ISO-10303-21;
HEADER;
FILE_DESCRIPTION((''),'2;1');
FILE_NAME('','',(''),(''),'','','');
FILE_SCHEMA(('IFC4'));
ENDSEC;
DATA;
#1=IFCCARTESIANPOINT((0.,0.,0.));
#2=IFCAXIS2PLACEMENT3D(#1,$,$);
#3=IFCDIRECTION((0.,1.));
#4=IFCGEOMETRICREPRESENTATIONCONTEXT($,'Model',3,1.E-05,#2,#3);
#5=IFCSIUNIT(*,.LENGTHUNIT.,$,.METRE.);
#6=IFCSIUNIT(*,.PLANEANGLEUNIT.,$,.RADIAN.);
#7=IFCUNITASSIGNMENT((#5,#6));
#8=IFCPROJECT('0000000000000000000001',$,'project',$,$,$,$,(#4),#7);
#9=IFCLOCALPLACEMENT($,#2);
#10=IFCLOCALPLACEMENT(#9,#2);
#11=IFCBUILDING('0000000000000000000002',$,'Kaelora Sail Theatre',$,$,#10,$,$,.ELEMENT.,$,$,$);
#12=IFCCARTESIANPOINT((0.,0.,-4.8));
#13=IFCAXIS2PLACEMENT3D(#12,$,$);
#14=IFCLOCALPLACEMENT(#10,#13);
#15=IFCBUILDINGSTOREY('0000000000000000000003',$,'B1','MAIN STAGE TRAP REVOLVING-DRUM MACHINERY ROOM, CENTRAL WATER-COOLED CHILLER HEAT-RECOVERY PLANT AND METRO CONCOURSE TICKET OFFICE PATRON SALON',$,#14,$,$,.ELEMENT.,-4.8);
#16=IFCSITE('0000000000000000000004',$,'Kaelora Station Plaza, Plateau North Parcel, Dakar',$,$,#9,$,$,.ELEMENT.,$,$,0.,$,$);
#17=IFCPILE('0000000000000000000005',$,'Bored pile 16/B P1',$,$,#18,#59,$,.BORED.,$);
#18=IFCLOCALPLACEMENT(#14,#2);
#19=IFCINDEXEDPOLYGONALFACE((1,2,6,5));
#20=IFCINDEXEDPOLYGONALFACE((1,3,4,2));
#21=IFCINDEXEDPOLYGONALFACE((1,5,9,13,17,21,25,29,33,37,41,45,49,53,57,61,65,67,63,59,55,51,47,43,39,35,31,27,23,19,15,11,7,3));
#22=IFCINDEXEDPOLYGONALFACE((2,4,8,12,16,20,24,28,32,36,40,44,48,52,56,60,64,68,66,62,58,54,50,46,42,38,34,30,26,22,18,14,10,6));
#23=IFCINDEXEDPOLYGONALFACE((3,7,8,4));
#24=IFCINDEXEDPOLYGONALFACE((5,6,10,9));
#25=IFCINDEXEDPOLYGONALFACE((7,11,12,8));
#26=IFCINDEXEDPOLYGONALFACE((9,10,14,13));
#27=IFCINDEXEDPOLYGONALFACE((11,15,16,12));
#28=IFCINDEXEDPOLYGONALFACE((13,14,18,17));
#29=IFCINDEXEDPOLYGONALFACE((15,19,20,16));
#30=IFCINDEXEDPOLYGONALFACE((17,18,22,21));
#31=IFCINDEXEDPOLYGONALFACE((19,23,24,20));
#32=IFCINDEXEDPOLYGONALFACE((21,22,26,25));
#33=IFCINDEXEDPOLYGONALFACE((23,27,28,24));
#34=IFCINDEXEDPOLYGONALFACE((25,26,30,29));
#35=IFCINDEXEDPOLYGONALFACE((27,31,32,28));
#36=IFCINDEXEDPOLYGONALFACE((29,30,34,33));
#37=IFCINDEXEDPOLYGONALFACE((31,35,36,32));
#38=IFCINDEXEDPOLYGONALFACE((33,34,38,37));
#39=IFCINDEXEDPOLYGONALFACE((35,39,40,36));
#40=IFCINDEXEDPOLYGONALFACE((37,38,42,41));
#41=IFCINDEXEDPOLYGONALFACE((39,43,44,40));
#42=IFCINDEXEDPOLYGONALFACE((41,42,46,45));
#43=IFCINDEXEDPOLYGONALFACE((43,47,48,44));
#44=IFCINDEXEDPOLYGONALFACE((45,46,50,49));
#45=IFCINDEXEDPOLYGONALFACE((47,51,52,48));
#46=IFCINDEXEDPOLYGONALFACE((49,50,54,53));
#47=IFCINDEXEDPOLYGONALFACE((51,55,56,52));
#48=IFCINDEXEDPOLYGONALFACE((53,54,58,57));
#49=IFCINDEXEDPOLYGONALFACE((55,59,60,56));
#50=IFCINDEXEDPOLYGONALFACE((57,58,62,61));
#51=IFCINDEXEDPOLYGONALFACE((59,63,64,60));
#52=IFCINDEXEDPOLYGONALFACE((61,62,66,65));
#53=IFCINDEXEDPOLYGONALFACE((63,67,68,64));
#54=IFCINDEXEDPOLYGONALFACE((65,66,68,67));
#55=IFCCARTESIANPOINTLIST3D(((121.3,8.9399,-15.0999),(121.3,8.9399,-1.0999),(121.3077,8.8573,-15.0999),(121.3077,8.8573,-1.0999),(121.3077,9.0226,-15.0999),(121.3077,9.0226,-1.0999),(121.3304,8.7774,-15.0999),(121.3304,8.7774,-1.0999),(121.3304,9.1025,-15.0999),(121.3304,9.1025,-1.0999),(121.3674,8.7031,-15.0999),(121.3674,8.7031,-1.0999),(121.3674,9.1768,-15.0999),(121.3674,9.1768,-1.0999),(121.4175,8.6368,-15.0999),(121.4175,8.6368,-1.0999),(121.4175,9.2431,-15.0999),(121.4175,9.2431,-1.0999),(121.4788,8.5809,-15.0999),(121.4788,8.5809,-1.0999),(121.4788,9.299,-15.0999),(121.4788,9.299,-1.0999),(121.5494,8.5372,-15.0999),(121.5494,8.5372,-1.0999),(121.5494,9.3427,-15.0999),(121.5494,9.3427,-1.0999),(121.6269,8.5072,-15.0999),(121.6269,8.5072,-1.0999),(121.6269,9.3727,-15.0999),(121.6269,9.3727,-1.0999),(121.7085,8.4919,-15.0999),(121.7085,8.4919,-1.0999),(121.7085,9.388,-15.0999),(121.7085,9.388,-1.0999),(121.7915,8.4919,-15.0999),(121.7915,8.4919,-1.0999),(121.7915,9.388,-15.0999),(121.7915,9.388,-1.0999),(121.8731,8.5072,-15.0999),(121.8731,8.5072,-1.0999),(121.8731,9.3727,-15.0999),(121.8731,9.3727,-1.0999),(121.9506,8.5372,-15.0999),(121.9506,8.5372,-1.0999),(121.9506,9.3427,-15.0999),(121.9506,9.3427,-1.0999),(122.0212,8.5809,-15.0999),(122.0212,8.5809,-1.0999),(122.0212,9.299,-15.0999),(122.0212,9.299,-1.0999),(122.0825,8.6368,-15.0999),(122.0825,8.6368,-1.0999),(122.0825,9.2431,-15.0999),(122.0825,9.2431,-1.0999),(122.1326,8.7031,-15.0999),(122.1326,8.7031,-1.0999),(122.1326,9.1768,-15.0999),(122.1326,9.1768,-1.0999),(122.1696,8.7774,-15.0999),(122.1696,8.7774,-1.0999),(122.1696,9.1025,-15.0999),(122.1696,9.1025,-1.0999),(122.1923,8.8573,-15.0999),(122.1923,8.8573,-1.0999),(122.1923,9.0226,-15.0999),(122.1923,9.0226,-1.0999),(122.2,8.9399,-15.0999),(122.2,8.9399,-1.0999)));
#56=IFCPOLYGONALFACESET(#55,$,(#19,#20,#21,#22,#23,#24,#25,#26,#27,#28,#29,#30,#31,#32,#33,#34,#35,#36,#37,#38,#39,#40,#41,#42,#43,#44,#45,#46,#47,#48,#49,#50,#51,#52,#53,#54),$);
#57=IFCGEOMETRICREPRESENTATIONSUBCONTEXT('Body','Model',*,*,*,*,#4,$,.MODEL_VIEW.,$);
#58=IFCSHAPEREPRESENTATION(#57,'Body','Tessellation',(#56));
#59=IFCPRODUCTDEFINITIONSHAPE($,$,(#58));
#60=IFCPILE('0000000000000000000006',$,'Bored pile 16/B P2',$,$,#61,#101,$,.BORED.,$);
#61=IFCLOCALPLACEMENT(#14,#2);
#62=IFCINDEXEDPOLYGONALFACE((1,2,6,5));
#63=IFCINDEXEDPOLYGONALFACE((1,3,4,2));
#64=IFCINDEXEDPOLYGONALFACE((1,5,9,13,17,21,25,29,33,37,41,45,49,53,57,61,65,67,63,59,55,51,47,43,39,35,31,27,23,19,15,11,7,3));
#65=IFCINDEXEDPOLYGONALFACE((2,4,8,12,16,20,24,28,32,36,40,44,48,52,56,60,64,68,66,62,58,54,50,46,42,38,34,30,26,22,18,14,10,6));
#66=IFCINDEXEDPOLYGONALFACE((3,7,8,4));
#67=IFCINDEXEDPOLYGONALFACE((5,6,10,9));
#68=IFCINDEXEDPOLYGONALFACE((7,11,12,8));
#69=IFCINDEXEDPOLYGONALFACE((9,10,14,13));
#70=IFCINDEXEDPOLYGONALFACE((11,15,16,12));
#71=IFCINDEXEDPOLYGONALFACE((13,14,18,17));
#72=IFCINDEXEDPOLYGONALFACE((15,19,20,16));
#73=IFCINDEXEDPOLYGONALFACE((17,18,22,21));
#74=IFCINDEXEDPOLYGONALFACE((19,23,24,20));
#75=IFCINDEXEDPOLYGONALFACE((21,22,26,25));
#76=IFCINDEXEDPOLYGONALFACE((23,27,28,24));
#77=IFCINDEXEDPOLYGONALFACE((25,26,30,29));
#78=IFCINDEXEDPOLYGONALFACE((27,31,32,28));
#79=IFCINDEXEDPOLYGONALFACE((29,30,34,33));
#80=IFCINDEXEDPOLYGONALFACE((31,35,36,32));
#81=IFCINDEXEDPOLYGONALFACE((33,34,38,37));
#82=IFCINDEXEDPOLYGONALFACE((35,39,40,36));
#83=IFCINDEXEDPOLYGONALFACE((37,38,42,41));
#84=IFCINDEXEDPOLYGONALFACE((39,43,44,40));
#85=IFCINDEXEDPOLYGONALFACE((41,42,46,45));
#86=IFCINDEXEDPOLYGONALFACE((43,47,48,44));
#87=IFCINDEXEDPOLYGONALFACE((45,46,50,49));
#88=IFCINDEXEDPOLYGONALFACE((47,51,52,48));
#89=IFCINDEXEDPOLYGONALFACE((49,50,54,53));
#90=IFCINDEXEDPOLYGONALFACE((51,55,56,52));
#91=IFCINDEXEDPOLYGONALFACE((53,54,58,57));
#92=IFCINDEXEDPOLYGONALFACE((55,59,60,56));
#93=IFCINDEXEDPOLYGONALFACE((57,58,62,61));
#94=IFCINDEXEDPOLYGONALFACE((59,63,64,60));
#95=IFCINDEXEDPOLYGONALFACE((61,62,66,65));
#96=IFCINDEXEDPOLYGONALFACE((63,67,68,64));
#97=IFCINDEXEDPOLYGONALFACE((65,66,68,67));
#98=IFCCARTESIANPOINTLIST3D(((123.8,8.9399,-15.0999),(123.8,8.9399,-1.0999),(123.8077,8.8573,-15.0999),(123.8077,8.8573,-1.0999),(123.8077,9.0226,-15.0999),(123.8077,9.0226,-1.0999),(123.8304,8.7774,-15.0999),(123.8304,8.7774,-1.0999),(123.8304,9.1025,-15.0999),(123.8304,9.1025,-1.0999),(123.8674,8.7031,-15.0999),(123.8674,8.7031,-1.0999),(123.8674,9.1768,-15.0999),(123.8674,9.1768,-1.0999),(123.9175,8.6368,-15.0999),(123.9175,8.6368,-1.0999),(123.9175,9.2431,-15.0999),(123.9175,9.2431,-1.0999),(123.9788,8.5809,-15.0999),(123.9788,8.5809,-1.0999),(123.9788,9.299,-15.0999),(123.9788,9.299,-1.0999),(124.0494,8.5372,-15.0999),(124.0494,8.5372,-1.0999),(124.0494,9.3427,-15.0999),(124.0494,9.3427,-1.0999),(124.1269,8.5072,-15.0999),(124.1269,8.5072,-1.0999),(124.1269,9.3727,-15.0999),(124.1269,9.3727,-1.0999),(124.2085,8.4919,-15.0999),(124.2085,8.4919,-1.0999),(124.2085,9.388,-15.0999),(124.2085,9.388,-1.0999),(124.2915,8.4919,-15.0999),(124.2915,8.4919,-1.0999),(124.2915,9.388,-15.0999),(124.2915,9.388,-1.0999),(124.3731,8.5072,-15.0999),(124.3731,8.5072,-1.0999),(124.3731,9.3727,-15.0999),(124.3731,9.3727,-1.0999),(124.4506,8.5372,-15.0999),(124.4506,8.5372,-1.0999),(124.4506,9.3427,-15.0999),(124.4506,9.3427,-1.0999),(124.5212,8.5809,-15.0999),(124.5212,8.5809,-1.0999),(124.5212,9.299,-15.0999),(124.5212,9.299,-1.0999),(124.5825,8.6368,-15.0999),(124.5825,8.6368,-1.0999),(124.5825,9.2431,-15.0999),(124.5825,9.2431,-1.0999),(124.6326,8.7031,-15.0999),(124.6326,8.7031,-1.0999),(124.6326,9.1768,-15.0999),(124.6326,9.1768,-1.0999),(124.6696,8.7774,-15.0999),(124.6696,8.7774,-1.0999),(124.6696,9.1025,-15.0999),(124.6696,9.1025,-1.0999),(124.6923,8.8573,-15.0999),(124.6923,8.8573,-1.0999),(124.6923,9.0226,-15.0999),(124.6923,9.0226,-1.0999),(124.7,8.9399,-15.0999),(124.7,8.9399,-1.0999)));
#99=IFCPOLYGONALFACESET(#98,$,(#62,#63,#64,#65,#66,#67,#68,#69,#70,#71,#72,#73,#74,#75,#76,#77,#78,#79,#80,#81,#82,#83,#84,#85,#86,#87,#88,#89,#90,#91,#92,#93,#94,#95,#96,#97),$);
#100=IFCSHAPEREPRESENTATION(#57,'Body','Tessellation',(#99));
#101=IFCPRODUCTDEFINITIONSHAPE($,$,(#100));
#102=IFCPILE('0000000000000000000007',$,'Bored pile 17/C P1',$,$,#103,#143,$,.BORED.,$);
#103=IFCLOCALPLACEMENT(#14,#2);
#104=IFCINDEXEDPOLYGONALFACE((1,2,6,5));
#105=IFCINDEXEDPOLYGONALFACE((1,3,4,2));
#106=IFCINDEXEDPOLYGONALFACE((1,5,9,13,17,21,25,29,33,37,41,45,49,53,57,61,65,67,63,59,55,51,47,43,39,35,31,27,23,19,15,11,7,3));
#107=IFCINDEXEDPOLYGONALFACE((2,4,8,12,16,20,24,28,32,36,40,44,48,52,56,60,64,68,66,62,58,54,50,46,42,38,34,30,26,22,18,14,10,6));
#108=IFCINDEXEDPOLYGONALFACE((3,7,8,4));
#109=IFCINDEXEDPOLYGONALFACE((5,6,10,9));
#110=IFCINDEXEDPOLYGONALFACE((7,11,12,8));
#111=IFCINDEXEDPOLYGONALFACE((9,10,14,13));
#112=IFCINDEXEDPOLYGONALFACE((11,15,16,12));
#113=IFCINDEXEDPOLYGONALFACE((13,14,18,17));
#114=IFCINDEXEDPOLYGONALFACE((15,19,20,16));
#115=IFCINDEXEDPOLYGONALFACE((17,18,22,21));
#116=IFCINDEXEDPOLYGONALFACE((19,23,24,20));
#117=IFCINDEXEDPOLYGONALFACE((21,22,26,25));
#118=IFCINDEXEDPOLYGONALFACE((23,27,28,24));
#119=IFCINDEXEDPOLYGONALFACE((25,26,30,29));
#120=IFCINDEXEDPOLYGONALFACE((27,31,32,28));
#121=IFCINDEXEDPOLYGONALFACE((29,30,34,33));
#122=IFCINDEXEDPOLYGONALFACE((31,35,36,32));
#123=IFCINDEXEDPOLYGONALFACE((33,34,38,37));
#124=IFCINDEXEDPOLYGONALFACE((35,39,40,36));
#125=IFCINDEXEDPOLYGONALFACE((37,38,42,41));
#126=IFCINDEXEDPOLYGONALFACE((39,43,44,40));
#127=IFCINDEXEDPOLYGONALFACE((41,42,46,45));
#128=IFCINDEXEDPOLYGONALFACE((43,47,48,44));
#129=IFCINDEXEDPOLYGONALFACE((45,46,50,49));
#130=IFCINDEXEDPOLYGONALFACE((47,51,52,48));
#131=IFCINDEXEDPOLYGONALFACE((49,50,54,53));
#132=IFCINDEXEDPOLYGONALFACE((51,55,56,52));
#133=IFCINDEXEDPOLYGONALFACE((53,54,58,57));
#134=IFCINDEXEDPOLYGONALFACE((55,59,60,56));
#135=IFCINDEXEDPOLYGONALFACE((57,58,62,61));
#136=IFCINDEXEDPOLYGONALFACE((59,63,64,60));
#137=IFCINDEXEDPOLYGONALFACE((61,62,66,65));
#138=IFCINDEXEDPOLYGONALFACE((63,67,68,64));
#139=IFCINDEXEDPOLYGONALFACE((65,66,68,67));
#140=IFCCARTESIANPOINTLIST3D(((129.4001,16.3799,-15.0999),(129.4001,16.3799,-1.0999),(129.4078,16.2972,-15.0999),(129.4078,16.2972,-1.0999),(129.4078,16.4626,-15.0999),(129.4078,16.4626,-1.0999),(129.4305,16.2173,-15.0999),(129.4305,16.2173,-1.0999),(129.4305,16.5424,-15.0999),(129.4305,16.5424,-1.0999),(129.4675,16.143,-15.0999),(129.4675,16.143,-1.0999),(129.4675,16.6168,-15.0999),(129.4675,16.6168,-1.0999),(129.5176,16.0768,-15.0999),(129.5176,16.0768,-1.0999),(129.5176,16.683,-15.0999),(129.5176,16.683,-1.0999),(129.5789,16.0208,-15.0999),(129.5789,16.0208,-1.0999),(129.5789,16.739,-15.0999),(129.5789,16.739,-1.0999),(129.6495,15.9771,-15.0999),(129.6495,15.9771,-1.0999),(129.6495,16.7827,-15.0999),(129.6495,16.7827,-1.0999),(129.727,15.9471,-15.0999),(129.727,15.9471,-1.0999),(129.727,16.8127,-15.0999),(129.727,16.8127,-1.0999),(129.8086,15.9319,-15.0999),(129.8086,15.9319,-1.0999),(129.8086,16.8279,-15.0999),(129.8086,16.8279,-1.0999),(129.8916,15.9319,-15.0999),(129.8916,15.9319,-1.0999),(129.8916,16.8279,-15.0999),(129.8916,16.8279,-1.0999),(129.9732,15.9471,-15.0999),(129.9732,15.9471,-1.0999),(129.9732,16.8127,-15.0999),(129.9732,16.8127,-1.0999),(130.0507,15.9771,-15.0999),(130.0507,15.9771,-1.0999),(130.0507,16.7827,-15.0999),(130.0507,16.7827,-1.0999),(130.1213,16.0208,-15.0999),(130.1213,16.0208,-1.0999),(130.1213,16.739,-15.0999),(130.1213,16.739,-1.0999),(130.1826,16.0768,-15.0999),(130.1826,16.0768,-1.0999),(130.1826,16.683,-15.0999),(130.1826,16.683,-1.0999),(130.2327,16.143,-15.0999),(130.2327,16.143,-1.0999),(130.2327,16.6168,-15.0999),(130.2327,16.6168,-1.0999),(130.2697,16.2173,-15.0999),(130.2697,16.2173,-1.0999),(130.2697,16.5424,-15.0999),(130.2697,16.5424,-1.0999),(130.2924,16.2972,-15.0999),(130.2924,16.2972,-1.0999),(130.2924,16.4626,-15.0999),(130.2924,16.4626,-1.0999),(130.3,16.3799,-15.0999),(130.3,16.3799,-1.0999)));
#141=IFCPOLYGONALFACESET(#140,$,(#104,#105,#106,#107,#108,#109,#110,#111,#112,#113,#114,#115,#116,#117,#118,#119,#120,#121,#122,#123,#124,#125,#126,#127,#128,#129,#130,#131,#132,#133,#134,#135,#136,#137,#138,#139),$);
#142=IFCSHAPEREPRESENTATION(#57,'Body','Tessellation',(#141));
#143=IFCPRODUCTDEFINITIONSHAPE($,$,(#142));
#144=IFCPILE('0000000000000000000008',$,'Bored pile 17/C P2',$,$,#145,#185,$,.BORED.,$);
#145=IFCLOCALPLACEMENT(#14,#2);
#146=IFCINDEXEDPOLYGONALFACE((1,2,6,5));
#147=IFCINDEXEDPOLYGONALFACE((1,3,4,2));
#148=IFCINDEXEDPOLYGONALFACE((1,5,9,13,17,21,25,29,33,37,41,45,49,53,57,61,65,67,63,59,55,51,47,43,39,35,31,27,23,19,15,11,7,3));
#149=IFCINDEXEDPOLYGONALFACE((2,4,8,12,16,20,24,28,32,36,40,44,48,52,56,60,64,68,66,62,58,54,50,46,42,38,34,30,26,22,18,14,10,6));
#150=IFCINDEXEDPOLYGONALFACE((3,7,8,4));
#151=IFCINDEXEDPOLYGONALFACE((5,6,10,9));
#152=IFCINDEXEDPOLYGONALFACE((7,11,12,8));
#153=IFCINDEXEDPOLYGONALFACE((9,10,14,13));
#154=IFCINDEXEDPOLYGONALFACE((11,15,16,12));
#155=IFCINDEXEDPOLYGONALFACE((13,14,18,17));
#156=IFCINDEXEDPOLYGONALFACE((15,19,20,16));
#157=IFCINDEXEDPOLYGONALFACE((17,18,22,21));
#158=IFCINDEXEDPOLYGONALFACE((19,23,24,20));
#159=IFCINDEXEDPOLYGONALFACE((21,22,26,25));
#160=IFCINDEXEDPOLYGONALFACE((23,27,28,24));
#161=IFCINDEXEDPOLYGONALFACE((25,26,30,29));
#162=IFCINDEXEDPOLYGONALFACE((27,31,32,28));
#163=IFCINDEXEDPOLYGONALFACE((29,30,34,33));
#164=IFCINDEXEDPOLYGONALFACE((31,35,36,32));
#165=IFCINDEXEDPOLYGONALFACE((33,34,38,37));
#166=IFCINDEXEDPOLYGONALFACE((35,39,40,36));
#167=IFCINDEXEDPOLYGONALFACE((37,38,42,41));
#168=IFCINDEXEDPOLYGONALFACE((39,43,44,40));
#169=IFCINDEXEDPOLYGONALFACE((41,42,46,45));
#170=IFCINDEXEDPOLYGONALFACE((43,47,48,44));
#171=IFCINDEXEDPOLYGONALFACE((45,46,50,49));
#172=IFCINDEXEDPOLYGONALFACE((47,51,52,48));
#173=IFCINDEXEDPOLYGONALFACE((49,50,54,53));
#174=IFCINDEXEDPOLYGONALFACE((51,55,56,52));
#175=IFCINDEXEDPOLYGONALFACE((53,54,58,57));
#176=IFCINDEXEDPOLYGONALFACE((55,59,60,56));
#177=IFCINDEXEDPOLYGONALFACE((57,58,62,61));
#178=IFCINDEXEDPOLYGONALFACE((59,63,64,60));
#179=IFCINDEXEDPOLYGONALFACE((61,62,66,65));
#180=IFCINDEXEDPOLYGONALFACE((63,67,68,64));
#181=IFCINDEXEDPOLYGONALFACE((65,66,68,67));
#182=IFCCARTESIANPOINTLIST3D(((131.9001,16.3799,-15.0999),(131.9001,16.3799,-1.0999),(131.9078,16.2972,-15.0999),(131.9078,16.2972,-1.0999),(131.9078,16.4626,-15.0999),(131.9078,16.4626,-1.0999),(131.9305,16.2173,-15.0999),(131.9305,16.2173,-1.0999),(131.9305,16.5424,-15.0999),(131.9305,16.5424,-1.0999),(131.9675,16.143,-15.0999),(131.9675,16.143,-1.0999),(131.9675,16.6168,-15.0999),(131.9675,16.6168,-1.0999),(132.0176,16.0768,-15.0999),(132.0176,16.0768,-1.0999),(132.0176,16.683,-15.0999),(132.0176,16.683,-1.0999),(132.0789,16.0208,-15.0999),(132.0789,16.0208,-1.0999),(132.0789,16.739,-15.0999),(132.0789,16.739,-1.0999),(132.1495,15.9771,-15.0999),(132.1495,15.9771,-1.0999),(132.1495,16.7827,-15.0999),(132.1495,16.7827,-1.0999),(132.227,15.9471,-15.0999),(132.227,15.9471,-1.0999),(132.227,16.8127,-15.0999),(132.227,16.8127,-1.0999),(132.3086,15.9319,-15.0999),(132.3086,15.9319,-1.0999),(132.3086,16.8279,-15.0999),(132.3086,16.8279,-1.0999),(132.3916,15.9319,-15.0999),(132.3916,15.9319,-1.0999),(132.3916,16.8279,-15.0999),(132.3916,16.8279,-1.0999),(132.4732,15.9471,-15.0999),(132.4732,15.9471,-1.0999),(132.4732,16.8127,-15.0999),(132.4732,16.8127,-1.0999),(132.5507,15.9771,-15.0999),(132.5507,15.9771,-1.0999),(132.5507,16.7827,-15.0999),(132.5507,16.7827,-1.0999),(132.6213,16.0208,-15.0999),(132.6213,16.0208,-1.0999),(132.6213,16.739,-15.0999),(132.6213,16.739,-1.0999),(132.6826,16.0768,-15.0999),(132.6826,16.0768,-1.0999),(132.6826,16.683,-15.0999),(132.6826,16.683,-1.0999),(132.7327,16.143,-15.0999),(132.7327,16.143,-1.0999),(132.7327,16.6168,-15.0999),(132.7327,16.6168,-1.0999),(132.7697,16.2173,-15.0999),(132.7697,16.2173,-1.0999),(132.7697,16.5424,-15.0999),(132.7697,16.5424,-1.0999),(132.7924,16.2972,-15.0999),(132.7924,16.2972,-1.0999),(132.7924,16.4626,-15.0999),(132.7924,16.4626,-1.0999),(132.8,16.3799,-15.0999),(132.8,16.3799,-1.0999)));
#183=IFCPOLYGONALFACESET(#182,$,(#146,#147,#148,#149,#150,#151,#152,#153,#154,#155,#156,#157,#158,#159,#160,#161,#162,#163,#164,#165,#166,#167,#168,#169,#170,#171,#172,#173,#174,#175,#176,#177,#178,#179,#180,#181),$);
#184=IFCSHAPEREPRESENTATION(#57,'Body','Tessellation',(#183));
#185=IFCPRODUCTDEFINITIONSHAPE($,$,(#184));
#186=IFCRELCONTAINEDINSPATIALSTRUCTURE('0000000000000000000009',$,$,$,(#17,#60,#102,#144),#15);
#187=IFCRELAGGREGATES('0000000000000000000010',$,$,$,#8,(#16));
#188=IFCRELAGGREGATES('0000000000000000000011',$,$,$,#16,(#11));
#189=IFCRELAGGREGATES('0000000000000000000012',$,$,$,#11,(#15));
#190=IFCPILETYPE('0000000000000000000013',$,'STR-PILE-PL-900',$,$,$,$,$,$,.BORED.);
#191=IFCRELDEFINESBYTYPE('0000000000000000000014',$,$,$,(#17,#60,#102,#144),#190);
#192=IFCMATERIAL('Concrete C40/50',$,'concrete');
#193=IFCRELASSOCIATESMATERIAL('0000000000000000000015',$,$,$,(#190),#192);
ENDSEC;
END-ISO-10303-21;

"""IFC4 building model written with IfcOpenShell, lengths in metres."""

from ifc_helpers import new_model, si_unit, direction, frame, origin, origin_2d, place, context, subcontext, project, spatial, circle, extrude, material, material_profile, profile_set, type_object, element, save


model = new_model("IFC4")

# Units and contexts
model_context = context("Model", 3, precision=1e-05, world=origin(), true_north=direction((0.0, 1.0)))
body_context = subcontext(model_context, "Body", "Model", "MODEL_VIEW")
ifc_project = project(units=[si_unit("LENGTHUNIT", "METRE"), si_unit("PLANEANGLEUNIT", "RADIAN")], contexts=[model_context])

# Site, building, storey
site_placement = place(None, origin())
site = spatial("IfcSite", under=ifc_project, at=site_placement, Name="Kaelora Station Plaza, Plateau North Parcel, Dakar", CompositionType="ELEMENT", RefElevation=0.0)
building_placement = place(site_placement, origin())
building = spatial("IfcBuilding", under=site, at=building_placement, Name="Kaelora Sail Theatre", CompositionType="ELEMENT")
storey_placement = place(building_placement, frame((0.0, 0.0, -4.8)))
storey = spatial("IfcBuildingStorey", under=building, at=storey_placement, Name="B1", Description="MAIN STAGE TRAP REVOLVING-DRUM MACHINERY ROOM, CENTRAL WATER-COOLED CHILLER HEAT-RECOVERY PLANT AND METRO CONCOURSE TICKET OFFICE PATRON SALON", CompositionType="ELEMENT", Elevation=-4.8)

# Piles
ifc_material_1 = material(Name="Concrete C40/50", Category="concrete")
ifc_material_profile_1 = material_profile(ifc_material_1, circle(Radius=0.45, at=origin_2d()), Name="PILE D900")
ifc_profile_set_1 = profile_set([ifc_material_profile_1], Name="Concrete C40/50")
pile_type = type_object("IfcPileType", Name="STR-PILE-PL-900", PredefinedType="BORED", material=ifc_profile_set_1)
for number, where, z_axis, x_axis, name in (
    (1, (121.75, 8.9399, -1.0999), (0.0, 0.0, -1.0), (1.0, 0.0, 0.0), "Bored pile 16/B P1"),
    (2, (124.25, 8.9399, -1.0999), (0.0, 0.0, -1.0), (1.0, 0.0, 0.0), "Bored pile 16/B P2"),
    (3, (129.8501, 16.3799, -1.0999), (0.0, 0.0, -1.0), (1.0, 0.0, 0.0), "Bored pile 17/C P1"),
    (4, (132.3501, 16.3799, -1.0999), (0.0, 0.0, -1.0), (1.0, 0.0, 0.0), "Bored pile 17/C P2"),
):
    element("IfcPile", number, at=place(storey_placement, frame(where, z_axis=z_axis, x_axis=x_axis)), inside=storey, type_object=pile_type, Name=name, PredefinedType="BORED", context=body_context, shape_type="SweptSolid", body=[
        extrude(circle(Radius=0.45, at=origin_2d()), origin(), (0.0, 0.0, 1.0), 14.0),
    ])

save(model, "model.ifc")
